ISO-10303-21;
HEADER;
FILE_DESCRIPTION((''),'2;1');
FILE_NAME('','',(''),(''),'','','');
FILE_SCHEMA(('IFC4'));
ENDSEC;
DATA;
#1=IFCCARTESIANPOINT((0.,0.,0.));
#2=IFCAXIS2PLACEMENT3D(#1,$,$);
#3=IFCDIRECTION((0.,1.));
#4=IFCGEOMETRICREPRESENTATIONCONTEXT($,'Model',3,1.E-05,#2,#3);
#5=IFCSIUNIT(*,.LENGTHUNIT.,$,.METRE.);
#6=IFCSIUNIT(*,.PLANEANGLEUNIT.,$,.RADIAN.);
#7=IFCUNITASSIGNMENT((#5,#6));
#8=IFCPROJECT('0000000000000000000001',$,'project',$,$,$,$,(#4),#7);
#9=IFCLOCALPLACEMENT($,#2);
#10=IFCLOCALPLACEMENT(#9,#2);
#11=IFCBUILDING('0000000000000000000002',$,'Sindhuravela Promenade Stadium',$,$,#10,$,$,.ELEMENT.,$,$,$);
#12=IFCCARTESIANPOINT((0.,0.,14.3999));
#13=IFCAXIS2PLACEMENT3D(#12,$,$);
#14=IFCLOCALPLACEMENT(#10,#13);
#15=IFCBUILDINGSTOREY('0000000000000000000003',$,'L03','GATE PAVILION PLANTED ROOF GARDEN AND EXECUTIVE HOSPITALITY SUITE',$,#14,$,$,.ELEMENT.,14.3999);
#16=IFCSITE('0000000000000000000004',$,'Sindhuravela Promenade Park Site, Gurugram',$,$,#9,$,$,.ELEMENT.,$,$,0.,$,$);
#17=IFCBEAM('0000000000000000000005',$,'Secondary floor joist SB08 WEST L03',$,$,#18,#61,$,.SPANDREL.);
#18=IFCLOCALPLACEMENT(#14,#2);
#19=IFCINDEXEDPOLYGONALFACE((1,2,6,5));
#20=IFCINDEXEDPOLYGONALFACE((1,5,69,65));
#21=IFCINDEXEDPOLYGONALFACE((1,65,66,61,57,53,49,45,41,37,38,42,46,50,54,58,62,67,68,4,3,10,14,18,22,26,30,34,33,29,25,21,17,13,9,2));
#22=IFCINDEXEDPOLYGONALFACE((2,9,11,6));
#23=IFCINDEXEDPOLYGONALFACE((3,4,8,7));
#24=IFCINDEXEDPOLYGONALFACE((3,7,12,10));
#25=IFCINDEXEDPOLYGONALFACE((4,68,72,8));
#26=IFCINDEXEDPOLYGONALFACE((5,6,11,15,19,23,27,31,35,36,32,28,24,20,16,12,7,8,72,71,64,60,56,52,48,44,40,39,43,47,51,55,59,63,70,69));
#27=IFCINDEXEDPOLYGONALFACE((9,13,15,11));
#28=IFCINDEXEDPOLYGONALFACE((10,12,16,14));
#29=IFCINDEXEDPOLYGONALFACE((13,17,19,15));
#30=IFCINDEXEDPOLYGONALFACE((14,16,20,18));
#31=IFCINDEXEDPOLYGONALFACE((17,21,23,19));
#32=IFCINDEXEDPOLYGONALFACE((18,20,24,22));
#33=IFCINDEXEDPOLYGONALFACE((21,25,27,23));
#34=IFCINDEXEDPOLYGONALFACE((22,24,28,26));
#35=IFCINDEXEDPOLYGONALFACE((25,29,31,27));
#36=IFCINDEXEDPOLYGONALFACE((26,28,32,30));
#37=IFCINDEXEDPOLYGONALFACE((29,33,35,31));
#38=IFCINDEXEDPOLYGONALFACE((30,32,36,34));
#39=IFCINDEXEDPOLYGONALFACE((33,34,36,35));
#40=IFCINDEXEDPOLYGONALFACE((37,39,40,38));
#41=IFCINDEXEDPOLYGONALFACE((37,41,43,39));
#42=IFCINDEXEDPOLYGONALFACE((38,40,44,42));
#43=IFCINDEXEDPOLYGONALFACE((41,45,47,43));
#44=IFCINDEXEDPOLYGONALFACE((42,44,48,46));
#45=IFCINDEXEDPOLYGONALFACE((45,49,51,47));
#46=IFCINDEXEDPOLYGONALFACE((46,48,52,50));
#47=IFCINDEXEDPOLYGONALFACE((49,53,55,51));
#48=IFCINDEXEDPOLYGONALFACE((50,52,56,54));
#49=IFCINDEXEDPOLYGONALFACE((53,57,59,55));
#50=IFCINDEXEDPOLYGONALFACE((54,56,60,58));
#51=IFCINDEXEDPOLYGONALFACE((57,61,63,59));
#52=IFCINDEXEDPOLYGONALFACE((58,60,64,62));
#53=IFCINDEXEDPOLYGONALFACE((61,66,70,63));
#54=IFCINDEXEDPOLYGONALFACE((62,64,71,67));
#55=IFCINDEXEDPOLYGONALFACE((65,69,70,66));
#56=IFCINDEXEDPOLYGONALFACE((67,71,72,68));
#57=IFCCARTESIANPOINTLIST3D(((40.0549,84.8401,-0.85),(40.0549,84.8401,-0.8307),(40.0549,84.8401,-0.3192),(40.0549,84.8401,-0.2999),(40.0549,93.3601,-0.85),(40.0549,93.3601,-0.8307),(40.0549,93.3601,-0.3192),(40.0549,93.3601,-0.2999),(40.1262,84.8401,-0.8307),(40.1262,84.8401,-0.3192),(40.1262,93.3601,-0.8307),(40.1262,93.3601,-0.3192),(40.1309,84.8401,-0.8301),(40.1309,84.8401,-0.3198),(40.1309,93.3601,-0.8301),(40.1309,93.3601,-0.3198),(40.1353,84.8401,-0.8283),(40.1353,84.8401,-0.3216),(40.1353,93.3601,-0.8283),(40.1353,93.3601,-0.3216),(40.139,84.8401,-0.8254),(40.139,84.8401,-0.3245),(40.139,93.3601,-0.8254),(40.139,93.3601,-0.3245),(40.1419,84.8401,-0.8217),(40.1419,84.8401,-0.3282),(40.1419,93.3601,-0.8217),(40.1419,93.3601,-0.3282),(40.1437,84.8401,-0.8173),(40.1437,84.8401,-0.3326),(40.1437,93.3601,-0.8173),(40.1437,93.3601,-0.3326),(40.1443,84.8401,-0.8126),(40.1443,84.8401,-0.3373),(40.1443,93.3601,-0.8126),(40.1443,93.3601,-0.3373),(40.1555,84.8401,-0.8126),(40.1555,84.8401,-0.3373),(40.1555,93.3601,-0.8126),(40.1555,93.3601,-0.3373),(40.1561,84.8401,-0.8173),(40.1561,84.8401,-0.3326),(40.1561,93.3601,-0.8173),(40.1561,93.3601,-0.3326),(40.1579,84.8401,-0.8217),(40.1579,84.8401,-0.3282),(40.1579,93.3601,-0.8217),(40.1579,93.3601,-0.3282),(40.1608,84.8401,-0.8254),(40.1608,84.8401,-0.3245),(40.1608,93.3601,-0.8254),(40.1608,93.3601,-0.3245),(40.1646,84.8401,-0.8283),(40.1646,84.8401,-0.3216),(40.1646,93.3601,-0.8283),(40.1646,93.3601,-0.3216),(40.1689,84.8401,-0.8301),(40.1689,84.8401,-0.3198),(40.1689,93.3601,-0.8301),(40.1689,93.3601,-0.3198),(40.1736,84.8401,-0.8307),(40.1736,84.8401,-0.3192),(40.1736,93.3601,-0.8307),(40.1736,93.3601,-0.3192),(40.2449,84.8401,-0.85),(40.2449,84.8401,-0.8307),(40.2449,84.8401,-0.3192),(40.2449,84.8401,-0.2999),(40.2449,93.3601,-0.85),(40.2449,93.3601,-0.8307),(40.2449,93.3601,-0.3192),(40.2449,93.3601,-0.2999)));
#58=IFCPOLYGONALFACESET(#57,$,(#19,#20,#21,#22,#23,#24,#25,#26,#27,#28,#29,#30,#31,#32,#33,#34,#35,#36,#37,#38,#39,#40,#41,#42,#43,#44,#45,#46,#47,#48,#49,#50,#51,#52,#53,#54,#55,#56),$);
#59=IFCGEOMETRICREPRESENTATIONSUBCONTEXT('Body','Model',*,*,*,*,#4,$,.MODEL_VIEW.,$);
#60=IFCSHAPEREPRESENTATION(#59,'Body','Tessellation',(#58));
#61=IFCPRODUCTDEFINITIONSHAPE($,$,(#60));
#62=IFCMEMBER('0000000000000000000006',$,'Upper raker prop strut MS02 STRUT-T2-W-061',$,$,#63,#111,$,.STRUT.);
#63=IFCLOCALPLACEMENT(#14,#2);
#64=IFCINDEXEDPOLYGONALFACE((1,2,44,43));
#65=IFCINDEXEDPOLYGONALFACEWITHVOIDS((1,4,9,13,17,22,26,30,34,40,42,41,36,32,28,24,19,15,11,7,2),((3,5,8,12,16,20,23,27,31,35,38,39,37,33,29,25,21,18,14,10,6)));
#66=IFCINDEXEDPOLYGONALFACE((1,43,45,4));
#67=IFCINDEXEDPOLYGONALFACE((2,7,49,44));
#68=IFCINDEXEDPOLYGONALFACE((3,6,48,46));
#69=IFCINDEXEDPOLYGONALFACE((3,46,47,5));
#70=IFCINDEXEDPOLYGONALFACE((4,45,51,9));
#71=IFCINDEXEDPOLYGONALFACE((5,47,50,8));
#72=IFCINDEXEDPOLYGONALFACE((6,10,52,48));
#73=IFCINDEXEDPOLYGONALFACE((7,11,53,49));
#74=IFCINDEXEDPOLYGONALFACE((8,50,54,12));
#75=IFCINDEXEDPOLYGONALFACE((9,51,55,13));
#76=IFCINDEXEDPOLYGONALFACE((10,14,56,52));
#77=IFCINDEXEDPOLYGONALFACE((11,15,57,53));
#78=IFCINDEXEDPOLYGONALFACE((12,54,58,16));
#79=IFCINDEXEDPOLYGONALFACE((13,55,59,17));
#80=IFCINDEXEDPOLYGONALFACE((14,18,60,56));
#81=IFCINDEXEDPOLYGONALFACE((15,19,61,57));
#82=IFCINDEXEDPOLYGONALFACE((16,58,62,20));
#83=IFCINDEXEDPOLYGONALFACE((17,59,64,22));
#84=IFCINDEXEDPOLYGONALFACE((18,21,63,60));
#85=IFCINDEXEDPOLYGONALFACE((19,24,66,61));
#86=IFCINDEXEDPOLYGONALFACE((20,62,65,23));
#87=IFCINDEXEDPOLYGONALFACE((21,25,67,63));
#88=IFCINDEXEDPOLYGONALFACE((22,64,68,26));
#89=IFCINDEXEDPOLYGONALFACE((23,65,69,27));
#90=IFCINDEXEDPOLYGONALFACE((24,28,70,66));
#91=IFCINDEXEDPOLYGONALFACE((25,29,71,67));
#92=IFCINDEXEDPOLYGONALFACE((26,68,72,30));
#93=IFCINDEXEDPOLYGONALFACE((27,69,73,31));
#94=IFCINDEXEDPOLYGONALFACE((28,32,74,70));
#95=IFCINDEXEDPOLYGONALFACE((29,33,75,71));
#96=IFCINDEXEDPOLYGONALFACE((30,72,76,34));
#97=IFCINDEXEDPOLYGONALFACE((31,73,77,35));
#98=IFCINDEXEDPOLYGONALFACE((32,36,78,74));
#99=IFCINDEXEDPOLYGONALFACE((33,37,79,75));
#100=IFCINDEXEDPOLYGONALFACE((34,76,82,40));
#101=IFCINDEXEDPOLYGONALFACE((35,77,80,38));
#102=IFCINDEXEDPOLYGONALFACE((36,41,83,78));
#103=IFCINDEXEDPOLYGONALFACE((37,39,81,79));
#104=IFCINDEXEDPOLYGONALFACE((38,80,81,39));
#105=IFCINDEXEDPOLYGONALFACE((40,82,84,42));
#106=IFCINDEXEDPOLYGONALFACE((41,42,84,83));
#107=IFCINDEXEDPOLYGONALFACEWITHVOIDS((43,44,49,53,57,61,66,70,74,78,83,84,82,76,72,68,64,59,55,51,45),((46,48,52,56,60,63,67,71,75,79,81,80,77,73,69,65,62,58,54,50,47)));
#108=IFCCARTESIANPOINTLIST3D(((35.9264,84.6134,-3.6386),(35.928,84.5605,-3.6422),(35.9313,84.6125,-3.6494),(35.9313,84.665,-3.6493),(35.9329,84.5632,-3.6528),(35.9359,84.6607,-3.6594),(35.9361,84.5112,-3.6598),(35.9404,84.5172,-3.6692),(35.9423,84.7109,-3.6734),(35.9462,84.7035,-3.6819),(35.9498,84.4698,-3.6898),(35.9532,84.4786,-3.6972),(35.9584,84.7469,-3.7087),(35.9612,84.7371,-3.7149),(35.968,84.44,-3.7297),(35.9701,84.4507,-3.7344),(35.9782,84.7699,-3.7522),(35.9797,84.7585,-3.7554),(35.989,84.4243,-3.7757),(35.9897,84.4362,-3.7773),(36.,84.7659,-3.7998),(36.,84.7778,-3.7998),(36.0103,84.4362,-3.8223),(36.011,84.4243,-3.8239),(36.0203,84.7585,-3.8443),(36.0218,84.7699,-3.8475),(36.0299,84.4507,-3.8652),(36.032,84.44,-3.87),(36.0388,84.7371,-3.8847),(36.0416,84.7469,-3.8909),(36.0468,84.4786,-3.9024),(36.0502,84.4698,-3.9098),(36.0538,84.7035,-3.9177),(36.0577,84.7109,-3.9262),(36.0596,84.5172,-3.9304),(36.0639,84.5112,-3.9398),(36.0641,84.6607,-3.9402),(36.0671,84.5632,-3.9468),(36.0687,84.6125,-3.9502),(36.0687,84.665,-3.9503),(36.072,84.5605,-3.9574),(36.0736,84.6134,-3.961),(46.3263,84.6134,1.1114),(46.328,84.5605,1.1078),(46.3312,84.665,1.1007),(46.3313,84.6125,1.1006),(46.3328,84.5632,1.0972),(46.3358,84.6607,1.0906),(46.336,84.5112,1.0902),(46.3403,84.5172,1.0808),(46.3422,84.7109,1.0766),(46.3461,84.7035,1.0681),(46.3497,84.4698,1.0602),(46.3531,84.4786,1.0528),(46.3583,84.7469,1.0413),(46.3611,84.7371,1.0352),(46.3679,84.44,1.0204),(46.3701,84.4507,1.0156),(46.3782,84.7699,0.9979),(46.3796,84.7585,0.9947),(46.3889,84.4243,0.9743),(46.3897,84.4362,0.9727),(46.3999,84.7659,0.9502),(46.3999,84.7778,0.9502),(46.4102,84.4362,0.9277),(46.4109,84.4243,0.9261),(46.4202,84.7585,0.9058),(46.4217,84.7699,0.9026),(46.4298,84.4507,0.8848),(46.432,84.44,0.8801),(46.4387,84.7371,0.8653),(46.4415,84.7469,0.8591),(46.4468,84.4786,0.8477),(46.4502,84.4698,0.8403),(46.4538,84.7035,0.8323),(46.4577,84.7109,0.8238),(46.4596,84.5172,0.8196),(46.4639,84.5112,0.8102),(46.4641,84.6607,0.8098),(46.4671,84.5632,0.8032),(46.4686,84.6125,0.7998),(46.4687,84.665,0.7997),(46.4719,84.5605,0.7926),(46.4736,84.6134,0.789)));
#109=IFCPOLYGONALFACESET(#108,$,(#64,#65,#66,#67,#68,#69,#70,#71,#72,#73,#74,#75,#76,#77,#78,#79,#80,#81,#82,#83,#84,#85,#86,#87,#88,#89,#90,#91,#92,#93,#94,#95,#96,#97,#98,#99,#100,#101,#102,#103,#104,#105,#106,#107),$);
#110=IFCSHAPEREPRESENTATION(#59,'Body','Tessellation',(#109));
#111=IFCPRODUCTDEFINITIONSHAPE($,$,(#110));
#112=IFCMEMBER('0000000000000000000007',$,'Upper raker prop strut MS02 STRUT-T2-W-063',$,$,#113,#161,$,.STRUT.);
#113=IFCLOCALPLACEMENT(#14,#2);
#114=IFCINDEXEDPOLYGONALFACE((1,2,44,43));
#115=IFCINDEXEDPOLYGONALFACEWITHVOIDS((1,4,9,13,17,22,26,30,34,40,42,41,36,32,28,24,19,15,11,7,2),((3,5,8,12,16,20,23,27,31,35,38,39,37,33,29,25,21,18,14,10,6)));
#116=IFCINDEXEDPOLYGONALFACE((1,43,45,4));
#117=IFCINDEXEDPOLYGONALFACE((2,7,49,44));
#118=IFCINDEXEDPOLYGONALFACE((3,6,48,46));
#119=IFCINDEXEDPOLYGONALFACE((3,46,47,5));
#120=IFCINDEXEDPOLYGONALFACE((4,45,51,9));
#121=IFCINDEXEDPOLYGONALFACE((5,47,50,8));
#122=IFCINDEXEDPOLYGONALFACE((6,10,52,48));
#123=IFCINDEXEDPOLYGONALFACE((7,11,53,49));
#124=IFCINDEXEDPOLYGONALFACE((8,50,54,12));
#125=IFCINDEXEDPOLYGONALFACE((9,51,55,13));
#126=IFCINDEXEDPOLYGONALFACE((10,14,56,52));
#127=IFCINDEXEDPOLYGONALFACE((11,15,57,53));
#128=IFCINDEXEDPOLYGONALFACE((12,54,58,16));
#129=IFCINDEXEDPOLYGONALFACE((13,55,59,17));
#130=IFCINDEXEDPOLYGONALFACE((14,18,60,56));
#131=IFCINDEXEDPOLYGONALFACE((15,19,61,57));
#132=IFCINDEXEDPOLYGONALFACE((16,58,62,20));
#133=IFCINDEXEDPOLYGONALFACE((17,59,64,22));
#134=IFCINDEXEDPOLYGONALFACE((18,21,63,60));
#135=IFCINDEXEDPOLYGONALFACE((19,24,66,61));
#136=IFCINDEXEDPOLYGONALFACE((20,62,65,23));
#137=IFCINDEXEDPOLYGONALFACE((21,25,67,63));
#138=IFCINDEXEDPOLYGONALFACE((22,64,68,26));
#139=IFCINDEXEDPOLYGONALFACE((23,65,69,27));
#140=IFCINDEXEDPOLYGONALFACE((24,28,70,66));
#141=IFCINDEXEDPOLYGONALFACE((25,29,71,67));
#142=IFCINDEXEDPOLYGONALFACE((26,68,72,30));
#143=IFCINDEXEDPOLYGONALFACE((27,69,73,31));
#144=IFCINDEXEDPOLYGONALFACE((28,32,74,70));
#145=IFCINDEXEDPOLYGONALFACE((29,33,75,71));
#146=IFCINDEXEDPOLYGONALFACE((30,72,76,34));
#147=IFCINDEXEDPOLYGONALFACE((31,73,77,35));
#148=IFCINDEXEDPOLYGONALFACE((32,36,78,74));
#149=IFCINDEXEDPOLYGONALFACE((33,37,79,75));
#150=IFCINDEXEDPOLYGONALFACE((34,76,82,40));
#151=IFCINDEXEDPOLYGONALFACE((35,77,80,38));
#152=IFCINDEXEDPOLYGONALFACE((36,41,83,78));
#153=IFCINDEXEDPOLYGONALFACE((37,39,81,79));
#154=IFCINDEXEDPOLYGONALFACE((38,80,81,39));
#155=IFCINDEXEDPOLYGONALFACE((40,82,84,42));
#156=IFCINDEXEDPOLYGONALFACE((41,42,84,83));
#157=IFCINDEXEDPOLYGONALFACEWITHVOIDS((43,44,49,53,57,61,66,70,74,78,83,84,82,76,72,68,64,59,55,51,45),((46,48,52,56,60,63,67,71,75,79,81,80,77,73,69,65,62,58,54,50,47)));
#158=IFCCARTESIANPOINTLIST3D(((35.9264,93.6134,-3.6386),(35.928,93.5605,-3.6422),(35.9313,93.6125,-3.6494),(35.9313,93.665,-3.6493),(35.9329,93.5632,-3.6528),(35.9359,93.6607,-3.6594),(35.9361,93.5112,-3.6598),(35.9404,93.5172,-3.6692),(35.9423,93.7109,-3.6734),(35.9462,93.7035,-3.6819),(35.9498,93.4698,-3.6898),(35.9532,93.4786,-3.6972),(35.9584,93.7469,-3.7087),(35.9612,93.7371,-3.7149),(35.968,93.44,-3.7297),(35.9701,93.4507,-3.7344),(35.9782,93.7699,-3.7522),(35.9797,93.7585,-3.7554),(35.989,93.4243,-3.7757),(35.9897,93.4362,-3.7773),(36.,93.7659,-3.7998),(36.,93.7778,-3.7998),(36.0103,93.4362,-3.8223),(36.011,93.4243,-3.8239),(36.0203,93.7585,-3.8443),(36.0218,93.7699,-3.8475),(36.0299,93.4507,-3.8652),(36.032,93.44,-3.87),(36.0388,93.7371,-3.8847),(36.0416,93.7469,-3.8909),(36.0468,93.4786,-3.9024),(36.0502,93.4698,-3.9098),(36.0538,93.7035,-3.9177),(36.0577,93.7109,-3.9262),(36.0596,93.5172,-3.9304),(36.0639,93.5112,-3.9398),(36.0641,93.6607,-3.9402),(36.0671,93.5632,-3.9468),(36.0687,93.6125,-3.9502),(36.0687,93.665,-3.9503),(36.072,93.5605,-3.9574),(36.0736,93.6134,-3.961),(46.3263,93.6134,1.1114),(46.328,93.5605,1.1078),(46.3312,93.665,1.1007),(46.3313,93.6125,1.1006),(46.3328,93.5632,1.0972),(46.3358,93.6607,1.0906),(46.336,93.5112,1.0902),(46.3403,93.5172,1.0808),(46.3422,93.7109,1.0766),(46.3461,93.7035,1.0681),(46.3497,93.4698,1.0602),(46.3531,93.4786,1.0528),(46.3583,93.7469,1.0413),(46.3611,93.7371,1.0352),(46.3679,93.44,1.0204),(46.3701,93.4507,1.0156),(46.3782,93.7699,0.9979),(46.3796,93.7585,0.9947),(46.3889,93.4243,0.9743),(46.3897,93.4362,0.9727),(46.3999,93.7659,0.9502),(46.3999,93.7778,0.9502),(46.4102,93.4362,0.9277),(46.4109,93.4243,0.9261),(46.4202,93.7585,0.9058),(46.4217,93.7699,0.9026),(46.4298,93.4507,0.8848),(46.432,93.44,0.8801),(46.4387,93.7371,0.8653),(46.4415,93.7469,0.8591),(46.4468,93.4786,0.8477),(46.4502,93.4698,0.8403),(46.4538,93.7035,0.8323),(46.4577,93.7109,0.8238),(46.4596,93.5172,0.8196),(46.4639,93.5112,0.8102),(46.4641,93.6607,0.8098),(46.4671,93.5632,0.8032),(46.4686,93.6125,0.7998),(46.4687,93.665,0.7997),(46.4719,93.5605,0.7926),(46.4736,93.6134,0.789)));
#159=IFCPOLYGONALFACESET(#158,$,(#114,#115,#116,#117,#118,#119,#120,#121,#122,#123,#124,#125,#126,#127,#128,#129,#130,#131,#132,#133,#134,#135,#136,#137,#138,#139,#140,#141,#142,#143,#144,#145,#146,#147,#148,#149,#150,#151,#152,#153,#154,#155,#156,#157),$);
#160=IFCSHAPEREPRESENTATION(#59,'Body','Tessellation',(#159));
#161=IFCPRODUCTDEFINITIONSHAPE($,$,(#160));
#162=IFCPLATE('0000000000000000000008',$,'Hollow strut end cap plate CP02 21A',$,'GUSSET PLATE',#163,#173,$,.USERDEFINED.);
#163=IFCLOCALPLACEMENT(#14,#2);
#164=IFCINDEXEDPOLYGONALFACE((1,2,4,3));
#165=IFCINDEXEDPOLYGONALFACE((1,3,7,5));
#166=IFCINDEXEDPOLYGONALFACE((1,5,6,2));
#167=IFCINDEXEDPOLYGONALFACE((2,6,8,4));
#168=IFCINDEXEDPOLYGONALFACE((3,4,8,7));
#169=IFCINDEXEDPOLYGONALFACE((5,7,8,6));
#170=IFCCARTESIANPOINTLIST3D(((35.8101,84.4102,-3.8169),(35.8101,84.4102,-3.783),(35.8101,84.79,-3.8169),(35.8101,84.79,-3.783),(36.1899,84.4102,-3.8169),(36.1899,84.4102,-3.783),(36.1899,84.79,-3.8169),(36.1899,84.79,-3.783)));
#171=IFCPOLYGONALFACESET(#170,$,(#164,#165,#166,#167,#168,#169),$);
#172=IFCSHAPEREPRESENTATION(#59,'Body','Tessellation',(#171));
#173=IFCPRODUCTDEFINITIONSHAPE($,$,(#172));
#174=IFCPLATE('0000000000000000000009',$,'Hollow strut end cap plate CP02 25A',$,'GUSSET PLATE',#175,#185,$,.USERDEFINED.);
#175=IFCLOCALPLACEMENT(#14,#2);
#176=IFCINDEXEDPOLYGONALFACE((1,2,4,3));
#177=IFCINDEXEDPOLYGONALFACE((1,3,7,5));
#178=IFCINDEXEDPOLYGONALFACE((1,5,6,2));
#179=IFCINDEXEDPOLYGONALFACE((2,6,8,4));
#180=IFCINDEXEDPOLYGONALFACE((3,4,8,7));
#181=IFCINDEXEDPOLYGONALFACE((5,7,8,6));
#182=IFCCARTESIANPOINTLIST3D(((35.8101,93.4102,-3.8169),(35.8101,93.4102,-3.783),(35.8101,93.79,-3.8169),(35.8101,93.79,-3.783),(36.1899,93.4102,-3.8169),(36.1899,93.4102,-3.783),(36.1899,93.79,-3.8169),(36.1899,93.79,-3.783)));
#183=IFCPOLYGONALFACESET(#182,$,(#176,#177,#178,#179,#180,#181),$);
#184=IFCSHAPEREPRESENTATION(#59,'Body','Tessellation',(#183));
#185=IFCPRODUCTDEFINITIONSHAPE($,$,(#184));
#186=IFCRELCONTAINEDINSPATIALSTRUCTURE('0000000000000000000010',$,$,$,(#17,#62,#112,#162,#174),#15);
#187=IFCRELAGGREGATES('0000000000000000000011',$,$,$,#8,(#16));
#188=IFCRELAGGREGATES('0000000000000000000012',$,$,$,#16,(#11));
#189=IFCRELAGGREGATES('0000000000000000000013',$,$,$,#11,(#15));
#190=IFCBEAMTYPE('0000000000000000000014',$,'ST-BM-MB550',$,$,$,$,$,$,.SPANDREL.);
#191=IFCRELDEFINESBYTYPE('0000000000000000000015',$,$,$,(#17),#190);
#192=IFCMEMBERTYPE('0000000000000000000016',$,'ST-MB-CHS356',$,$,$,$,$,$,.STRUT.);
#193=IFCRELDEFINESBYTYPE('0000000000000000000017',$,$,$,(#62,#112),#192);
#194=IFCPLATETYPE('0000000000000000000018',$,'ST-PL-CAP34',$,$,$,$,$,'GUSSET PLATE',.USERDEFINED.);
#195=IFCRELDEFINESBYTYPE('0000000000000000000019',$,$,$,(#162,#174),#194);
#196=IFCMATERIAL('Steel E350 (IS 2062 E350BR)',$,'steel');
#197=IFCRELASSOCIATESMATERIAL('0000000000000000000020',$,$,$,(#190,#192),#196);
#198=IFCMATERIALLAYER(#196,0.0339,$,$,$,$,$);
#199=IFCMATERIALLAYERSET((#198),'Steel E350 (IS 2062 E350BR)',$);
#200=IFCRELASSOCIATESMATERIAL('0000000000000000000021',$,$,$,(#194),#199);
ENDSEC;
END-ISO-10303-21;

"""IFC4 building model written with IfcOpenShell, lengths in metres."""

from ifc_helpers import new_model, si_unit, direction, frame, origin, origin_2d, place, context, subcontext, project, spatial, rectangle, hollow_circle, i_section, extrude, material, layer, layer_set, material_profile, profile_set, type_object, element, save


model = new_model("IFC4")

# Units and contexts
model_context = context("Model", 3, precision=1e-05, world=origin(), true_north=direction((0.0, 1.0)))
body_context = subcontext(model_context, "Body", "Model", "MODEL_VIEW")
ifc_project = project(units=[si_unit("LENGTHUNIT", "METRE"), si_unit("PLANEANGLEUNIT", "RADIAN")], contexts=[model_context])

# Site, building, storey
site_placement = place(None, origin())
site = spatial("IfcSite", under=ifc_project, at=site_placement, Name="Sindhuravela Promenade Park Site, Gurugram", CompositionType="ELEMENT", RefElevation=0.0)
building_placement = place(site_placement, origin())
building = spatial("IfcBuilding", under=site, at=building_placement, Name="Sindhuravela Promenade Stadium", CompositionType="ELEMENT")
storey_placement = place(building_placement, frame((0.0, 0.0, 14.3999)))
storey = spatial("IfcBuildingStorey", under=building, at=storey_placement, Name="L03", Description="GATE PAVILION PLANTED ROOF GARDEN AND EXECUTIVE HOSPITALITY SUITE", CompositionType="ELEMENT", Elevation=14.3999)

# Beam
ifc_material_1 = material(Name="Steel E350 (IS 2062 E350BR)", Category="steel")
ifc_material_profile_1 = material_profile(ifc_material_1, i_section(OverallWidth=0.1899, OverallDepth=0.55, WebThickness=0.0112, FlangeThickness=0.0193, FilletRadius=0.0181, at=origin_2d()), Name="ISMB 550")
ifc_profile_set_1 = profile_set([ifc_material_profile_1], Name="Steel E350 (IS 2062 E350BR)")
beam_type_1 = type_object("IfcBeamType", Name="ST-BM-MB550", PredefinedType="SPANDREL", material=ifc_profile_set_1)
beam_1_placement = place(storey_placement, frame((40.1499, 84.8401, -0.575), z_axis=(0.0, 1.0, 0.0), x_axis=(-1.0, 0.0, 0.0)))
element("IfcBeam", 1, at=beam_1_placement, inside=storey, type_object=beam_type_1, Name="Secondary floor joist SB08 WEST L03", PredefinedType="SPANDREL", context=body_context, shape_type="SweptSolid", body=[
    extrude(i_section(OverallWidth=0.1899, OverallDepth=0.55, WebThickness=0.0112, FlangeThickness=0.0193, FilletRadius=0.0181, at=origin_2d()), origin(), (0.0, 0.0, 1.0), 8.52),
])

# Members
ifc_material_profile_2 = material_profile(ifc_material_1, hollow_circle(Radius=0.1777, WallThickness=0.012, at=origin_2d()), Name="CHS 355.6x12")
ifc_profile_set_2 = profile_set([ifc_material_profile_2], Name="Steel E350 (IS 2062 E350BR)")
member_type = type_object("IfcMemberType", Name="ST-MB-CHS356", PredefinedType="STRUT", material=ifc_profile_set_2)
for number, where, z_axis, x_axis, name in (
    (2, (36.0, 84.6001, -3.7998), (0.909615, 0.0, 0.415453), (0.0, 1.0, 0.0), "Upper raker prop strut MS02 STRUT-T2-W-061"),
    (3, (36.0, 93.6001, -3.7998), (0.909615, 0.0, 0.415453), (0.0, 1.0, 0.0), "Upper raker prop strut MS02 STRUT-T2-W-063"),
):
    element("IfcMember", number, at=place(storey_placement, frame(where, z_axis=z_axis, x_axis=x_axis)), inside=storey, type_object=member_type, Name=name, PredefinedType="STRUT", context=body_context, shape_type="SweptSolid", body=[
        extrude(hollow_circle(Radius=0.1777, WallThickness=0.012, at=origin_2d()), origin(), (0.0, 0.0, 1.0), 11.4333),
    ])

# Plates
ifc_layer_1 = layer(ifc_material_1, 0.0339)
ifc_layer_set_1 = layer_set([ifc_layer_1], Name="Steel E350 (IS 2062 E350BR)")
plate_type = type_object("IfcPlateType", Name="ST-PL-CAP34", ElementType="GUSSET PLATE", PredefinedType="USERDEFINED", material=ifc_layer_set_1)
for number, where, z_axis, x_axis, name in (
    (4, (36.0, 84.6001, -3.8169), (0.0, 0.0, 1.0), (1.0, 0.0, 0.0), "Hollow strut end cap plate CP02 21A"),
    (5, (36.0, 93.6001, -3.8169), (0.0, 0.0, 1.0), (1.0, 0.0, 0.0), "Hollow strut end cap plate CP02 25A"),
):
    element("IfcPlate", number, at=place(storey_placement, frame(where, z_axis=z_axis, x_axis=x_axis)), inside=storey, type_object=plate_type, Name=name, ObjectType="GUSSET PLATE", PredefinedType="USERDEFINED", context=body_context, shape_type="SweptSolid", body=[
        extrude(rectangle(XDim=0.3799, YDim=0.3799, at=origin_2d()), origin(), (0.0, 0.0, 1.0), 0.0339),
    ])

save(model, "model.ifc")
